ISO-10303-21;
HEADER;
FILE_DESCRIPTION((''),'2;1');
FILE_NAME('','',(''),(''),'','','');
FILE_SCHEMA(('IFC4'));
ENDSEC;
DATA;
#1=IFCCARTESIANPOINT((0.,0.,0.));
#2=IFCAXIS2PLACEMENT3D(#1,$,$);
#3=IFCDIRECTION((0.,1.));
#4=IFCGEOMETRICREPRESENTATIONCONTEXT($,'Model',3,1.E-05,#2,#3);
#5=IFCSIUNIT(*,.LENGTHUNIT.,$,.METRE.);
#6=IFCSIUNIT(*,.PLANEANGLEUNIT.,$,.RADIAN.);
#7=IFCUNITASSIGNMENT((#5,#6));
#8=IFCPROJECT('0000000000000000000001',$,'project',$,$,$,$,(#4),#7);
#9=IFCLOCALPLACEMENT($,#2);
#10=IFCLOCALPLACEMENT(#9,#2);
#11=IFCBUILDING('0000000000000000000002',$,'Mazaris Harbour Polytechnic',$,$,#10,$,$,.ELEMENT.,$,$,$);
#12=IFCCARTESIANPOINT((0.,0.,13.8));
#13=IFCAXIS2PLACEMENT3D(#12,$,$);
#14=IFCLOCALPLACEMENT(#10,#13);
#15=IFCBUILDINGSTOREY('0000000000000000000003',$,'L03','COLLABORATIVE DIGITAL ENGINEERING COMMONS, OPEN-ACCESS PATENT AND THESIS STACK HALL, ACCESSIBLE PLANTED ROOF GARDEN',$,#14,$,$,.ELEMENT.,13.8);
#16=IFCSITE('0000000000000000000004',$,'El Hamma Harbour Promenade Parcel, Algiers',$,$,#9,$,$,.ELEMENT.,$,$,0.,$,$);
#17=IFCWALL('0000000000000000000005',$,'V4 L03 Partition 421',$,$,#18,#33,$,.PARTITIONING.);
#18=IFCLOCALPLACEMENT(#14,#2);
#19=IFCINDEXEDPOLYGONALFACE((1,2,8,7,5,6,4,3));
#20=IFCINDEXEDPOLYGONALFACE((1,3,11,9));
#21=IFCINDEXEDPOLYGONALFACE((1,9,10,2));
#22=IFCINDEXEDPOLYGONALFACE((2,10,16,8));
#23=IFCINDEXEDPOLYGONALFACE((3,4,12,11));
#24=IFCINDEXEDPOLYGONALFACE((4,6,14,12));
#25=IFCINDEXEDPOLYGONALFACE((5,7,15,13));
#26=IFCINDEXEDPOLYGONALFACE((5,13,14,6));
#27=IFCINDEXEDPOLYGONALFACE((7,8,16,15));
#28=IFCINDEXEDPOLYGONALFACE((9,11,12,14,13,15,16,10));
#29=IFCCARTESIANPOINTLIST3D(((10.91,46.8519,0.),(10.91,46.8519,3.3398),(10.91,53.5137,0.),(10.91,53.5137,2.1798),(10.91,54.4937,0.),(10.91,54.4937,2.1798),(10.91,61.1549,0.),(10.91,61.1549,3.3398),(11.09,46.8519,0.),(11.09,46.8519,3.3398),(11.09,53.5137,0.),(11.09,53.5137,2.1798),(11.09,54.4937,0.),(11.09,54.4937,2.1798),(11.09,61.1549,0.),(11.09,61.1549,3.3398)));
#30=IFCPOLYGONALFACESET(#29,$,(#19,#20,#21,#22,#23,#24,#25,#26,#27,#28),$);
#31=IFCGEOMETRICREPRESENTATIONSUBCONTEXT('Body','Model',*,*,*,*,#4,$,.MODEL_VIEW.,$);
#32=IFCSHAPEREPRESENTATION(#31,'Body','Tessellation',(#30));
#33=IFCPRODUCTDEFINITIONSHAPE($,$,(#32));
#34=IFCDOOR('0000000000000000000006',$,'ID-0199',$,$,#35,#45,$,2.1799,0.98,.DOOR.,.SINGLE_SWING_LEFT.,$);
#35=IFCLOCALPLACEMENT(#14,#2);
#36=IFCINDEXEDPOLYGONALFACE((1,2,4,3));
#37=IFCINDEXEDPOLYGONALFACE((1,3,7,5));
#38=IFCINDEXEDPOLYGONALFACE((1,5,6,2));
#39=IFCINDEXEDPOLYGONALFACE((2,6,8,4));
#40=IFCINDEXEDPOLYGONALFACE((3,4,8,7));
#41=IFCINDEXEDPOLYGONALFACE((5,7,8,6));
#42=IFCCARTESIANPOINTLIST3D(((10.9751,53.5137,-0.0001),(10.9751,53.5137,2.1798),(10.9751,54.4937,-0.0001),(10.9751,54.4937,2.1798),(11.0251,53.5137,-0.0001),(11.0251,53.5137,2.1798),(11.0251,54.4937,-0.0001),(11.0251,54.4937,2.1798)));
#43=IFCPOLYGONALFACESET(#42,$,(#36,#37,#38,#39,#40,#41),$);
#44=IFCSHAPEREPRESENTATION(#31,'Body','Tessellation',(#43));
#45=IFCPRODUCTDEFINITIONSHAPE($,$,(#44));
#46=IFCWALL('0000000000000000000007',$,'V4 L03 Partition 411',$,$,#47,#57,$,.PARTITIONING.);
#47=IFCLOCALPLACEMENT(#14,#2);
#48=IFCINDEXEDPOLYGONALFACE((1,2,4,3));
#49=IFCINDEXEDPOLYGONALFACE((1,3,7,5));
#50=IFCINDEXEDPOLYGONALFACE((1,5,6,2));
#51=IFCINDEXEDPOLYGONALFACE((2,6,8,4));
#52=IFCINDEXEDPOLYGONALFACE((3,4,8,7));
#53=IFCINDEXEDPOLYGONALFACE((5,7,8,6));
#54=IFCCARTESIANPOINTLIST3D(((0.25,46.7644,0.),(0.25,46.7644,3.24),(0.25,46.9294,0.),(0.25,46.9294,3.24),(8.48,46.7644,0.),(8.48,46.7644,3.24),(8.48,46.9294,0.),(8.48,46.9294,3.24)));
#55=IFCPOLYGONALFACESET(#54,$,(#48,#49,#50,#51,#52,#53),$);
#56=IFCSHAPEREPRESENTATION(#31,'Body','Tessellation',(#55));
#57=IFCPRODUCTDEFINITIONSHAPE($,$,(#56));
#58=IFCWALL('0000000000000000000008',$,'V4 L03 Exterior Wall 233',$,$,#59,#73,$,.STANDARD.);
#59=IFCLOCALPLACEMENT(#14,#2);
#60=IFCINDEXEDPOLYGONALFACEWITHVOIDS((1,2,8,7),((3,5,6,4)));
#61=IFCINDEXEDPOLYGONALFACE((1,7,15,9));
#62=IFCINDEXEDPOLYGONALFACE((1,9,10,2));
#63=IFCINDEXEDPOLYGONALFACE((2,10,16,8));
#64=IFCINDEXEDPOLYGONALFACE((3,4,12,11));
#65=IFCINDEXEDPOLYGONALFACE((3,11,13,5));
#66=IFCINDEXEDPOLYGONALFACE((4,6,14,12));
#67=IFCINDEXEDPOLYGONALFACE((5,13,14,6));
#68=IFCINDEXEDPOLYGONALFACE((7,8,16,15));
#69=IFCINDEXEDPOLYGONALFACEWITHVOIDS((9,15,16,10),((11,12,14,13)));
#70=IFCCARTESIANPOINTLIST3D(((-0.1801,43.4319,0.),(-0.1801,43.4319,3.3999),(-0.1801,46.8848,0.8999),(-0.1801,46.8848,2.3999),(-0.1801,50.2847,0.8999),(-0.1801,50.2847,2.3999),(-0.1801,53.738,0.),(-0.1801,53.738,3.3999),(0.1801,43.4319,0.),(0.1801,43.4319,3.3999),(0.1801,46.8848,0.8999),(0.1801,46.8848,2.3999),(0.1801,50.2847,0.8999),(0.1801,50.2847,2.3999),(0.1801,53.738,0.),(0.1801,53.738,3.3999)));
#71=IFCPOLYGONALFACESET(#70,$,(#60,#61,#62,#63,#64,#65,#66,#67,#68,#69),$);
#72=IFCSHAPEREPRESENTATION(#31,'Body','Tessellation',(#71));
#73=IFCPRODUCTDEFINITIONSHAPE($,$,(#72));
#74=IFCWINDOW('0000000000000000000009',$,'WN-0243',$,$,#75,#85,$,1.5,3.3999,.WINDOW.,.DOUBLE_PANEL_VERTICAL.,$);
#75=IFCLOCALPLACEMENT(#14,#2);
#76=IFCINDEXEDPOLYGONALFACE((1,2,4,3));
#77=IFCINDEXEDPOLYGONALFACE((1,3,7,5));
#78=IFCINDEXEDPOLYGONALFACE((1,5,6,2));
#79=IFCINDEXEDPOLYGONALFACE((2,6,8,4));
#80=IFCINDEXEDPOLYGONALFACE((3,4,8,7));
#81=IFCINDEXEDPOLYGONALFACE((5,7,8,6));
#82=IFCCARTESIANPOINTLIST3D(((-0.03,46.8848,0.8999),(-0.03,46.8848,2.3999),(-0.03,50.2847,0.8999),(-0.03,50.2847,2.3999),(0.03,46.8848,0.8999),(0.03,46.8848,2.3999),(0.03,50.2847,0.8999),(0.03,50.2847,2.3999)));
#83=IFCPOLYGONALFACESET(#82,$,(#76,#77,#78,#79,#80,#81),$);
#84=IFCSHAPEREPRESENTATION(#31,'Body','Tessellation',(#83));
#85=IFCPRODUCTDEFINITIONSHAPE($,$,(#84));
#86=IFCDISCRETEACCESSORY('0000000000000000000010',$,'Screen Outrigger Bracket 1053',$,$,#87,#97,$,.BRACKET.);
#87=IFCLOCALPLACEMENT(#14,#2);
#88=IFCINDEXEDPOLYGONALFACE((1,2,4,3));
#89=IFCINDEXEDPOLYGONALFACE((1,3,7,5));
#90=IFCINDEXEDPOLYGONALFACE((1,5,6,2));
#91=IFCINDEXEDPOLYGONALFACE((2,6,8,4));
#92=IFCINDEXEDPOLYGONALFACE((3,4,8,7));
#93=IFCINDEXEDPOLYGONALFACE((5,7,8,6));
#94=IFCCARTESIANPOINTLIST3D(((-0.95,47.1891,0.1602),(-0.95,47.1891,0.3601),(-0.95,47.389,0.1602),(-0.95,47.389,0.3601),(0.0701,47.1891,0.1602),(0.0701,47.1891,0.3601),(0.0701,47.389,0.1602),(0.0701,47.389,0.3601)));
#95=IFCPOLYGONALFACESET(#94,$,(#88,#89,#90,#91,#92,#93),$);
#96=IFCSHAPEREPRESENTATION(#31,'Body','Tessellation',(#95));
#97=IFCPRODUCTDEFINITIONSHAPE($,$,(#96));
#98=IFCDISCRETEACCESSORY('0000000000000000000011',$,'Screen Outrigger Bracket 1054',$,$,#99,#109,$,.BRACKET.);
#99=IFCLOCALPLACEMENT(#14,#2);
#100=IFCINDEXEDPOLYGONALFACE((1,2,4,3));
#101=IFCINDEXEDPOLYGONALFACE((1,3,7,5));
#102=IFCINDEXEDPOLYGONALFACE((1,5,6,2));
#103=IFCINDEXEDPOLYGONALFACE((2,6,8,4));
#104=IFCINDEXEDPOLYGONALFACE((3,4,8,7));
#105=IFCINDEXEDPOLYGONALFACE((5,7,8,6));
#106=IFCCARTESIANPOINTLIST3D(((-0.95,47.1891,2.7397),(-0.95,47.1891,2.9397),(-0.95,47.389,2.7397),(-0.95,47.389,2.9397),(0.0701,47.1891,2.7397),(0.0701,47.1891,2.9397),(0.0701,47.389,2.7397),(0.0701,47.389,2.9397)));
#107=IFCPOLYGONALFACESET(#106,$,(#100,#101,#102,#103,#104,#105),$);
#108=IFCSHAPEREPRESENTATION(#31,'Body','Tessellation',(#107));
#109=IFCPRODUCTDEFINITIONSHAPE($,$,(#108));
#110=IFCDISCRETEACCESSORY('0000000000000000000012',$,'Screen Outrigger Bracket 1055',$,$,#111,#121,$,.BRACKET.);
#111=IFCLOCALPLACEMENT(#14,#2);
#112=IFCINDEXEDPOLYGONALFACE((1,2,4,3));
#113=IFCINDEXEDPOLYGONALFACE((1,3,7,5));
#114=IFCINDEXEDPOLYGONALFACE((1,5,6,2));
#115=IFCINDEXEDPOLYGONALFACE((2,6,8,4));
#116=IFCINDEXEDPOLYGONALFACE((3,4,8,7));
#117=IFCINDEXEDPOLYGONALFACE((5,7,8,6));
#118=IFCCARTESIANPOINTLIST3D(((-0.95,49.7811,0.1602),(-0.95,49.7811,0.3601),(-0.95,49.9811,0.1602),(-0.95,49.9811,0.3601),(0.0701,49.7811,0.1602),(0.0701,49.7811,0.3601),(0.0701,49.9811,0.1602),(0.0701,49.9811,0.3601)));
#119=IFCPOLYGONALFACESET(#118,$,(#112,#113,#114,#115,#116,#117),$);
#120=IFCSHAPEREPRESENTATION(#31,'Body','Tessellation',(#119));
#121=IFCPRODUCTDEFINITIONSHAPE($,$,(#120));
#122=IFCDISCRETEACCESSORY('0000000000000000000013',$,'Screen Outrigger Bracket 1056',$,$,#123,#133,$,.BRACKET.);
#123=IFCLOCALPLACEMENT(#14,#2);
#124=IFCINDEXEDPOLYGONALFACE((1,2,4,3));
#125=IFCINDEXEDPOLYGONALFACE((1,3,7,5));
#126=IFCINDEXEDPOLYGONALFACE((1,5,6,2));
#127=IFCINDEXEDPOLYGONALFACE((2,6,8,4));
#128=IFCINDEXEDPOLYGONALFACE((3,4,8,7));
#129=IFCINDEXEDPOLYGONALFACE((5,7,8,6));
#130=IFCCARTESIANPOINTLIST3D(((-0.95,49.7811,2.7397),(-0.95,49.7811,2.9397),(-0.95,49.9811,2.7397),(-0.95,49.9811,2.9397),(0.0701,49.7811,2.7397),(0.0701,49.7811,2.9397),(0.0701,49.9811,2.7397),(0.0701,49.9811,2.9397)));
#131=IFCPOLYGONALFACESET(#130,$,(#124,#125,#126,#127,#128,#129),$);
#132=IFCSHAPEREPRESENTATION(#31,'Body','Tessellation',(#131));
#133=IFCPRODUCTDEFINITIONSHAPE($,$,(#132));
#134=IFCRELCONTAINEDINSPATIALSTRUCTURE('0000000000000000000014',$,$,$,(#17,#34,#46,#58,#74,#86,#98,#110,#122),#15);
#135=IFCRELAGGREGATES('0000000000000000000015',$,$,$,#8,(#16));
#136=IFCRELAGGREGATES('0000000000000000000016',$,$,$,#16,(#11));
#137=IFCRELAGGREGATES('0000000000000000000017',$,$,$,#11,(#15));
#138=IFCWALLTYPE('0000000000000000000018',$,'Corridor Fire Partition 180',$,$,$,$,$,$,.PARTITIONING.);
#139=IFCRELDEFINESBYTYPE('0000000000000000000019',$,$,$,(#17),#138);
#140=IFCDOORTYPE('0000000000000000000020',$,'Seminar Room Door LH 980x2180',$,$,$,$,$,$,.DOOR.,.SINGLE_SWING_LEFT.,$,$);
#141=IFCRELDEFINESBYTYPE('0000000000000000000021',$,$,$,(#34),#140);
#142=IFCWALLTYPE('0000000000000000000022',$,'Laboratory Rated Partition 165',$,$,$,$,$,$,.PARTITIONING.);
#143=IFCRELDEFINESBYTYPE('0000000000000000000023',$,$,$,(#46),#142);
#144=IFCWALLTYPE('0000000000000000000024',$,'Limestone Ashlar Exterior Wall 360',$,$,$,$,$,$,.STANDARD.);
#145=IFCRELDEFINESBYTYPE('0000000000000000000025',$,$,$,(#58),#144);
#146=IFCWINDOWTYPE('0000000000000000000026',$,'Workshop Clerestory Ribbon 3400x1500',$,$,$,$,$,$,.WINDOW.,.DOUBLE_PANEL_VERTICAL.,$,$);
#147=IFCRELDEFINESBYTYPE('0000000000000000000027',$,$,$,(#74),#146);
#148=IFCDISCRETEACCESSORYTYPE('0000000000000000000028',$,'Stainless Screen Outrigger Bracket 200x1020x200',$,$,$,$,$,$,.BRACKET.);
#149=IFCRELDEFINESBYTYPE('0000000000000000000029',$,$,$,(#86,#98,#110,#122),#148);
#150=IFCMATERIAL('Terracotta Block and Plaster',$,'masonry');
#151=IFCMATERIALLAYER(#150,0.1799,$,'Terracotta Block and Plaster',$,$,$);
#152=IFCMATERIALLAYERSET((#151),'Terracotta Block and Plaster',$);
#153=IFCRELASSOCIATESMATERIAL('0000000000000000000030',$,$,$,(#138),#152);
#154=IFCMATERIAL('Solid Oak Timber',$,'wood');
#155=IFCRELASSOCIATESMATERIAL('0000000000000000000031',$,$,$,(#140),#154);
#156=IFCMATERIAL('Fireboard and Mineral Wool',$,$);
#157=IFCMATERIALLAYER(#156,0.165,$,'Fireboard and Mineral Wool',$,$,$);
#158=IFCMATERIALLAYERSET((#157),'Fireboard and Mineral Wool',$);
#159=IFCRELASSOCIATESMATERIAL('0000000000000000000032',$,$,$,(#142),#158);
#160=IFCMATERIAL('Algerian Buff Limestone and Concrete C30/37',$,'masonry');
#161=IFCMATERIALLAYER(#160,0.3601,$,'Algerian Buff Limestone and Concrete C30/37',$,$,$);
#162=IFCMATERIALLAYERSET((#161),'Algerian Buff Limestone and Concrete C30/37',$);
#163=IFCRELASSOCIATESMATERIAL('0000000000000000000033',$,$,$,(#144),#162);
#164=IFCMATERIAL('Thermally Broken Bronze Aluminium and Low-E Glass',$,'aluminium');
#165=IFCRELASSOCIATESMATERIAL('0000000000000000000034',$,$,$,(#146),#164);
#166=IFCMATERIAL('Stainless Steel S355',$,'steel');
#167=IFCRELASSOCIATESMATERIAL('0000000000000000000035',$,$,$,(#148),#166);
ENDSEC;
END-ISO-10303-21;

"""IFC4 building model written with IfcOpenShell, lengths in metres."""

from ifc_helpers import new_model, si_unit, direction, frame, frame_2d, origin, origin_2d, place, context, subcontext, project, spatial, rectangle, extrude, material, layer, layer_set, type_object, element, fill, save


model = new_model("IFC4")

# Units and contexts
model_context = context("Model", 3, precision=1e-05, world=origin(), true_north=direction((0.0, 1.0)))
body_context = subcontext(model_context, "Body", "Model", "MODEL_VIEW")
ifc_project = project(units=[si_unit("LENGTHUNIT", "METRE"), si_unit("PLANEANGLEUNIT", "RADIAN")], contexts=[model_context])

# Site, building, storey
site_placement = place(None, origin())
site = spatial("IfcSite", under=ifc_project, at=site_placement, Name="El Hamma Harbour Promenade Parcel, Algiers", CompositionType="ELEMENT", RefElevation=0.0)
building_placement = place(site_placement, origin())
building = spatial("IfcBuilding", under=site, at=building_placement, Name="Mazaris Harbour Polytechnic", CompositionType="ELEMENT")
storey_placement = place(building_placement, frame((0.0, 0.0, 13.8)))
storey = spatial("IfcBuildingStorey", under=building, at=storey_placement, Name="L03", Description="COLLABORATIVE DIGITAL ENGINEERING COMMONS, OPEN-ACCESS PATENT AND THESIS STACK HALL, ACCESSIBLE PLANTED ROOF GARDEN", CompositionType="ELEMENT", Elevation=13.8)

# Wall, opening, door
ifc_material_1 = material(Name="Terracotta Block and Plaster", Category="masonry")
ifc_layer_1 = layer(ifc_material_1, 0.1799, Name="Terracotta Block and Plaster")
ifc_layer_set_1 = layer_set([ifc_layer_1], Name="Terracotta Block and Plaster")
wall_type_1 = type_object("IfcWallType", Name="Corridor Fire Partition 180", PredefinedType="PARTITIONING", material=ifc_layer_set_1)
wall_1_placement = place(storey_placement, frame((11.0, 46.8521, 0.0), z_axis=(0.0, 0.0, 1.0), x_axis=(0.0, 1.0, 0.0)))
wall_1 = element("IfcWall", 1, at=wall_1_placement, inside=storey, type_object=wall_type_1, Name="V4 L03 Partition 421", PredefinedType="PARTITIONING", context=body_context, shape_type="SweptSolid", body=[
    extrude(rectangle(XDim=14.303, YDim=0.1799, at=frame_2d((7.1514, 0.0))), origin(), (0.0, 0.0, 1.0), 3.3398),
])
opening_1_placement = place(wall_1_placement, frame((6.6616, 0.0, 0.0)))
opening_1 = element("IfcOpeningElement", 2, at=opening_1_placement, cuts=wall_1, PredefinedType="OPENING", context=body_context, shape_type="SweptSolid", body=[
    extrude(rectangle(XDim=0.98, YDim=2.1799, at=frame_2d((0.49, 1.0898))), frame((0.0, 0.0999, 0.0), z_axis=(0.0, -1.0, 0.0), x_axis=(1.0, 0.0, 0.0)), (0.0, 0.0, 1.0), 0.2),
])
ifc_material_2 = material(Name="Solid Oak Timber", Category="wood")
door_type_1 = type_object("IfcDoorType", Name="Seminar Room Door LH 980x2180", OperationType="SINGLE_SWING_LEFT", PredefinedType="DOOR", material=ifc_material_2)
door_1_placement = place(opening_1_placement, origin())
door_1 = element("IfcDoor", 3, at=door_1_placement, inside=storey, type_object=door_type_1, Name="ID-0199", OperationType="SINGLE_SWING_LEFT", OverallHeight=2.1799, OverallWidth=0.98, PredefinedType="DOOR", context=body_context, shape_type="SweptSolid", body=[
    extrude(rectangle(XDim=0.98, YDim=2.1799, at=frame_2d((0.49, 1.0898))), frame((0.0, 0.0249, 0.0), z_axis=(0.0, -1.0, 0.0), x_axis=(1.0, 0.0, 0.0)), (0.0, 0.0, 1.0), 0.05),
])
fill(opening_1, door_1)

# Wall
ifc_material_3 = material(Name="Fireboard and Mineral Wool")
ifc_layer_2 = layer(ifc_material_3, 0.165, Name="Fireboard and Mineral Wool")
ifc_layer_set_2 = layer_set([ifc_layer_2], Name="Fireboard and Mineral Wool")
wall_type_2 = type_object("IfcWallType", Name="Laboratory Rated Partition 165", PredefinedType="PARTITIONING", material=ifc_layer_set_2)
wall_2_placement = place(storey_placement, frame((0.25, 46.8469, 0.0), z_axis=(0.0, 0.0, 1.0), x_axis=(1.0, 0.0, 0.0)))
element("IfcWall", 4, at=wall_2_placement, inside=storey, type_object=wall_type_2, Name="V4 L03 Partition 411", PredefinedType="PARTITIONING", context=body_context, shape_type="SweptSolid", body=[
    extrude(rectangle(XDim=8.23, YDim=0.165, at=frame_2d((4.115, 0.0))), origin(), (0.0, 0.0, 1.0), 3.24),
])

# Wall, opening, window
ifc_material_4 = material(Name="Algerian Buff Limestone and Concrete C30/37", Category="masonry")
ifc_layer_3 = layer(ifc_material_4, 0.3601, Name="Algerian Buff Limestone and Concrete C30/37")
ifc_layer_set_3 = layer_set([ifc_layer_3], Name="Algerian Buff Limestone and Concrete C30/37")
wall_type_3 = type_object("IfcWallType", Name="Limestone Ashlar Exterior Wall 360", PredefinedType="STANDARD", material=ifc_layer_set_3)
wall_3_placement = place(storey_placement, frame((0.0, 43.4319, 0.0), z_axis=(0.0, 0.0, 1.0), x_axis=(0.0, 1.0, 0.0)))
wall_3 = element("IfcWall", 5, at=wall_3_placement, inside=storey, type_object=wall_type_3, Name="V4 L03 Exterior Wall 233", PredefinedType="STANDARD", context=body_context, shape_type="SweptSolid", body=[
    extrude(rectangle(XDim=10.3062, YDim=0.3601, at=frame_2d((5.1531, 0.0))), origin(), (0.0, 0.0, 1.0), 3.3999),
])
opening_2_placement = place(wall_3_placement, frame((3.4529, 0.0, 0.8999)))
opening_2 = element("IfcOpeningElement", 6, at=opening_2_placement, cuts=wall_3, PredefinedType="OPENING", context=body_context, shape_type="SweptSolid", body=[
    extrude(rectangle(XDim=3.3999, YDim=1.5, at=frame_2d((1.7, 0.75))), frame((0.0, 0.1899, 0.0), z_axis=(0.0, -1.0, 0.0), x_axis=(1.0, 0.0, 0.0)), (0.0, 0.0, 1.0), 0.3801),
])
ifc_material_5 = material(Name="Thermally Broken Bronze Aluminium and Low-E Glass", Category="aluminium")
window_type = type_object("IfcWindowType", Name="Workshop Clerestory Ribbon 3400x1500", PartitioningType="DOUBLE_PANEL_VERTICAL", PredefinedType="WINDOW", material=ifc_material_5)
window_placement = place(opening_2_placement, origin())
window = element("IfcWindow", 7, at=window_placement, inside=storey, type_object=window_type, Name="WN-0243", OverallHeight=1.5, OverallWidth=3.3999, PartitioningType="DOUBLE_PANEL_VERTICAL", PredefinedType="WINDOW", context=body_context, shape_type="SweptSolid", body=[
    extrude(rectangle(XDim=3.3999, YDim=1.5, at=frame_2d((1.7, 0.75))), frame((0.0, 0.03, 0.0), z_axis=(0.0, -1.0, 0.0), x_axis=(1.0, 0.0, 0.0)), (0.0, 0.0, 1.0), 0.0601),
])
fill(opening_2, window)

# Discrete accessories
ifc_material_6 = material(Name="Stainless Steel S355", Category="steel")
discrete_accessory_type = type_object("IfcDiscreteAccessoryType", Name="Stainless Screen Outrigger Bracket 200x1020x200", PredefinedType="BRACKET", material=ifc_material_6)
for number, where, z_axis, x_axis, name in (
    (8, (-0.4399, 47.2891, 0.1602), (0.0, 0.0, 1.0), (0.0, 1.0, 0.0), "Screen Outrigger Bracket 1053"),
    (9, (-0.4399, 47.2891, 2.7397), (0.0, 0.0, 1.0), (0.0, 1.0, 0.0), "Screen Outrigger Bracket 1054"),
    (10, (-0.4399, 49.8811, 0.1602), (0.0, 0.0, 1.0), (0.0, 1.0, 0.0), "Screen Outrigger Bracket 1055"),
    (11, (-0.4399, 49.8811, 2.7397), (0.0, 0.0, 1.0), (0.0, 1.0, 0.0), "Screen Outrigger Bracket 1056"),
):
    element("IfcDiscreteAccessory", number, at=place(storey_placement, frame(where, z_axis=z_axis, x_axis=x_axis)), inside=storey, type_object=discrete_accessory_type, Name=name, PredefinedType="BRACKET", context=body_context, shape_type="SweptSolid", body=[
        extrude(rectangle(XDim=0.2, YDim=1.02, at=origin_2d()), origin(), (0.0, 0.0, 1.0), 0.2),
    ])

save(model, "model.ifc")
